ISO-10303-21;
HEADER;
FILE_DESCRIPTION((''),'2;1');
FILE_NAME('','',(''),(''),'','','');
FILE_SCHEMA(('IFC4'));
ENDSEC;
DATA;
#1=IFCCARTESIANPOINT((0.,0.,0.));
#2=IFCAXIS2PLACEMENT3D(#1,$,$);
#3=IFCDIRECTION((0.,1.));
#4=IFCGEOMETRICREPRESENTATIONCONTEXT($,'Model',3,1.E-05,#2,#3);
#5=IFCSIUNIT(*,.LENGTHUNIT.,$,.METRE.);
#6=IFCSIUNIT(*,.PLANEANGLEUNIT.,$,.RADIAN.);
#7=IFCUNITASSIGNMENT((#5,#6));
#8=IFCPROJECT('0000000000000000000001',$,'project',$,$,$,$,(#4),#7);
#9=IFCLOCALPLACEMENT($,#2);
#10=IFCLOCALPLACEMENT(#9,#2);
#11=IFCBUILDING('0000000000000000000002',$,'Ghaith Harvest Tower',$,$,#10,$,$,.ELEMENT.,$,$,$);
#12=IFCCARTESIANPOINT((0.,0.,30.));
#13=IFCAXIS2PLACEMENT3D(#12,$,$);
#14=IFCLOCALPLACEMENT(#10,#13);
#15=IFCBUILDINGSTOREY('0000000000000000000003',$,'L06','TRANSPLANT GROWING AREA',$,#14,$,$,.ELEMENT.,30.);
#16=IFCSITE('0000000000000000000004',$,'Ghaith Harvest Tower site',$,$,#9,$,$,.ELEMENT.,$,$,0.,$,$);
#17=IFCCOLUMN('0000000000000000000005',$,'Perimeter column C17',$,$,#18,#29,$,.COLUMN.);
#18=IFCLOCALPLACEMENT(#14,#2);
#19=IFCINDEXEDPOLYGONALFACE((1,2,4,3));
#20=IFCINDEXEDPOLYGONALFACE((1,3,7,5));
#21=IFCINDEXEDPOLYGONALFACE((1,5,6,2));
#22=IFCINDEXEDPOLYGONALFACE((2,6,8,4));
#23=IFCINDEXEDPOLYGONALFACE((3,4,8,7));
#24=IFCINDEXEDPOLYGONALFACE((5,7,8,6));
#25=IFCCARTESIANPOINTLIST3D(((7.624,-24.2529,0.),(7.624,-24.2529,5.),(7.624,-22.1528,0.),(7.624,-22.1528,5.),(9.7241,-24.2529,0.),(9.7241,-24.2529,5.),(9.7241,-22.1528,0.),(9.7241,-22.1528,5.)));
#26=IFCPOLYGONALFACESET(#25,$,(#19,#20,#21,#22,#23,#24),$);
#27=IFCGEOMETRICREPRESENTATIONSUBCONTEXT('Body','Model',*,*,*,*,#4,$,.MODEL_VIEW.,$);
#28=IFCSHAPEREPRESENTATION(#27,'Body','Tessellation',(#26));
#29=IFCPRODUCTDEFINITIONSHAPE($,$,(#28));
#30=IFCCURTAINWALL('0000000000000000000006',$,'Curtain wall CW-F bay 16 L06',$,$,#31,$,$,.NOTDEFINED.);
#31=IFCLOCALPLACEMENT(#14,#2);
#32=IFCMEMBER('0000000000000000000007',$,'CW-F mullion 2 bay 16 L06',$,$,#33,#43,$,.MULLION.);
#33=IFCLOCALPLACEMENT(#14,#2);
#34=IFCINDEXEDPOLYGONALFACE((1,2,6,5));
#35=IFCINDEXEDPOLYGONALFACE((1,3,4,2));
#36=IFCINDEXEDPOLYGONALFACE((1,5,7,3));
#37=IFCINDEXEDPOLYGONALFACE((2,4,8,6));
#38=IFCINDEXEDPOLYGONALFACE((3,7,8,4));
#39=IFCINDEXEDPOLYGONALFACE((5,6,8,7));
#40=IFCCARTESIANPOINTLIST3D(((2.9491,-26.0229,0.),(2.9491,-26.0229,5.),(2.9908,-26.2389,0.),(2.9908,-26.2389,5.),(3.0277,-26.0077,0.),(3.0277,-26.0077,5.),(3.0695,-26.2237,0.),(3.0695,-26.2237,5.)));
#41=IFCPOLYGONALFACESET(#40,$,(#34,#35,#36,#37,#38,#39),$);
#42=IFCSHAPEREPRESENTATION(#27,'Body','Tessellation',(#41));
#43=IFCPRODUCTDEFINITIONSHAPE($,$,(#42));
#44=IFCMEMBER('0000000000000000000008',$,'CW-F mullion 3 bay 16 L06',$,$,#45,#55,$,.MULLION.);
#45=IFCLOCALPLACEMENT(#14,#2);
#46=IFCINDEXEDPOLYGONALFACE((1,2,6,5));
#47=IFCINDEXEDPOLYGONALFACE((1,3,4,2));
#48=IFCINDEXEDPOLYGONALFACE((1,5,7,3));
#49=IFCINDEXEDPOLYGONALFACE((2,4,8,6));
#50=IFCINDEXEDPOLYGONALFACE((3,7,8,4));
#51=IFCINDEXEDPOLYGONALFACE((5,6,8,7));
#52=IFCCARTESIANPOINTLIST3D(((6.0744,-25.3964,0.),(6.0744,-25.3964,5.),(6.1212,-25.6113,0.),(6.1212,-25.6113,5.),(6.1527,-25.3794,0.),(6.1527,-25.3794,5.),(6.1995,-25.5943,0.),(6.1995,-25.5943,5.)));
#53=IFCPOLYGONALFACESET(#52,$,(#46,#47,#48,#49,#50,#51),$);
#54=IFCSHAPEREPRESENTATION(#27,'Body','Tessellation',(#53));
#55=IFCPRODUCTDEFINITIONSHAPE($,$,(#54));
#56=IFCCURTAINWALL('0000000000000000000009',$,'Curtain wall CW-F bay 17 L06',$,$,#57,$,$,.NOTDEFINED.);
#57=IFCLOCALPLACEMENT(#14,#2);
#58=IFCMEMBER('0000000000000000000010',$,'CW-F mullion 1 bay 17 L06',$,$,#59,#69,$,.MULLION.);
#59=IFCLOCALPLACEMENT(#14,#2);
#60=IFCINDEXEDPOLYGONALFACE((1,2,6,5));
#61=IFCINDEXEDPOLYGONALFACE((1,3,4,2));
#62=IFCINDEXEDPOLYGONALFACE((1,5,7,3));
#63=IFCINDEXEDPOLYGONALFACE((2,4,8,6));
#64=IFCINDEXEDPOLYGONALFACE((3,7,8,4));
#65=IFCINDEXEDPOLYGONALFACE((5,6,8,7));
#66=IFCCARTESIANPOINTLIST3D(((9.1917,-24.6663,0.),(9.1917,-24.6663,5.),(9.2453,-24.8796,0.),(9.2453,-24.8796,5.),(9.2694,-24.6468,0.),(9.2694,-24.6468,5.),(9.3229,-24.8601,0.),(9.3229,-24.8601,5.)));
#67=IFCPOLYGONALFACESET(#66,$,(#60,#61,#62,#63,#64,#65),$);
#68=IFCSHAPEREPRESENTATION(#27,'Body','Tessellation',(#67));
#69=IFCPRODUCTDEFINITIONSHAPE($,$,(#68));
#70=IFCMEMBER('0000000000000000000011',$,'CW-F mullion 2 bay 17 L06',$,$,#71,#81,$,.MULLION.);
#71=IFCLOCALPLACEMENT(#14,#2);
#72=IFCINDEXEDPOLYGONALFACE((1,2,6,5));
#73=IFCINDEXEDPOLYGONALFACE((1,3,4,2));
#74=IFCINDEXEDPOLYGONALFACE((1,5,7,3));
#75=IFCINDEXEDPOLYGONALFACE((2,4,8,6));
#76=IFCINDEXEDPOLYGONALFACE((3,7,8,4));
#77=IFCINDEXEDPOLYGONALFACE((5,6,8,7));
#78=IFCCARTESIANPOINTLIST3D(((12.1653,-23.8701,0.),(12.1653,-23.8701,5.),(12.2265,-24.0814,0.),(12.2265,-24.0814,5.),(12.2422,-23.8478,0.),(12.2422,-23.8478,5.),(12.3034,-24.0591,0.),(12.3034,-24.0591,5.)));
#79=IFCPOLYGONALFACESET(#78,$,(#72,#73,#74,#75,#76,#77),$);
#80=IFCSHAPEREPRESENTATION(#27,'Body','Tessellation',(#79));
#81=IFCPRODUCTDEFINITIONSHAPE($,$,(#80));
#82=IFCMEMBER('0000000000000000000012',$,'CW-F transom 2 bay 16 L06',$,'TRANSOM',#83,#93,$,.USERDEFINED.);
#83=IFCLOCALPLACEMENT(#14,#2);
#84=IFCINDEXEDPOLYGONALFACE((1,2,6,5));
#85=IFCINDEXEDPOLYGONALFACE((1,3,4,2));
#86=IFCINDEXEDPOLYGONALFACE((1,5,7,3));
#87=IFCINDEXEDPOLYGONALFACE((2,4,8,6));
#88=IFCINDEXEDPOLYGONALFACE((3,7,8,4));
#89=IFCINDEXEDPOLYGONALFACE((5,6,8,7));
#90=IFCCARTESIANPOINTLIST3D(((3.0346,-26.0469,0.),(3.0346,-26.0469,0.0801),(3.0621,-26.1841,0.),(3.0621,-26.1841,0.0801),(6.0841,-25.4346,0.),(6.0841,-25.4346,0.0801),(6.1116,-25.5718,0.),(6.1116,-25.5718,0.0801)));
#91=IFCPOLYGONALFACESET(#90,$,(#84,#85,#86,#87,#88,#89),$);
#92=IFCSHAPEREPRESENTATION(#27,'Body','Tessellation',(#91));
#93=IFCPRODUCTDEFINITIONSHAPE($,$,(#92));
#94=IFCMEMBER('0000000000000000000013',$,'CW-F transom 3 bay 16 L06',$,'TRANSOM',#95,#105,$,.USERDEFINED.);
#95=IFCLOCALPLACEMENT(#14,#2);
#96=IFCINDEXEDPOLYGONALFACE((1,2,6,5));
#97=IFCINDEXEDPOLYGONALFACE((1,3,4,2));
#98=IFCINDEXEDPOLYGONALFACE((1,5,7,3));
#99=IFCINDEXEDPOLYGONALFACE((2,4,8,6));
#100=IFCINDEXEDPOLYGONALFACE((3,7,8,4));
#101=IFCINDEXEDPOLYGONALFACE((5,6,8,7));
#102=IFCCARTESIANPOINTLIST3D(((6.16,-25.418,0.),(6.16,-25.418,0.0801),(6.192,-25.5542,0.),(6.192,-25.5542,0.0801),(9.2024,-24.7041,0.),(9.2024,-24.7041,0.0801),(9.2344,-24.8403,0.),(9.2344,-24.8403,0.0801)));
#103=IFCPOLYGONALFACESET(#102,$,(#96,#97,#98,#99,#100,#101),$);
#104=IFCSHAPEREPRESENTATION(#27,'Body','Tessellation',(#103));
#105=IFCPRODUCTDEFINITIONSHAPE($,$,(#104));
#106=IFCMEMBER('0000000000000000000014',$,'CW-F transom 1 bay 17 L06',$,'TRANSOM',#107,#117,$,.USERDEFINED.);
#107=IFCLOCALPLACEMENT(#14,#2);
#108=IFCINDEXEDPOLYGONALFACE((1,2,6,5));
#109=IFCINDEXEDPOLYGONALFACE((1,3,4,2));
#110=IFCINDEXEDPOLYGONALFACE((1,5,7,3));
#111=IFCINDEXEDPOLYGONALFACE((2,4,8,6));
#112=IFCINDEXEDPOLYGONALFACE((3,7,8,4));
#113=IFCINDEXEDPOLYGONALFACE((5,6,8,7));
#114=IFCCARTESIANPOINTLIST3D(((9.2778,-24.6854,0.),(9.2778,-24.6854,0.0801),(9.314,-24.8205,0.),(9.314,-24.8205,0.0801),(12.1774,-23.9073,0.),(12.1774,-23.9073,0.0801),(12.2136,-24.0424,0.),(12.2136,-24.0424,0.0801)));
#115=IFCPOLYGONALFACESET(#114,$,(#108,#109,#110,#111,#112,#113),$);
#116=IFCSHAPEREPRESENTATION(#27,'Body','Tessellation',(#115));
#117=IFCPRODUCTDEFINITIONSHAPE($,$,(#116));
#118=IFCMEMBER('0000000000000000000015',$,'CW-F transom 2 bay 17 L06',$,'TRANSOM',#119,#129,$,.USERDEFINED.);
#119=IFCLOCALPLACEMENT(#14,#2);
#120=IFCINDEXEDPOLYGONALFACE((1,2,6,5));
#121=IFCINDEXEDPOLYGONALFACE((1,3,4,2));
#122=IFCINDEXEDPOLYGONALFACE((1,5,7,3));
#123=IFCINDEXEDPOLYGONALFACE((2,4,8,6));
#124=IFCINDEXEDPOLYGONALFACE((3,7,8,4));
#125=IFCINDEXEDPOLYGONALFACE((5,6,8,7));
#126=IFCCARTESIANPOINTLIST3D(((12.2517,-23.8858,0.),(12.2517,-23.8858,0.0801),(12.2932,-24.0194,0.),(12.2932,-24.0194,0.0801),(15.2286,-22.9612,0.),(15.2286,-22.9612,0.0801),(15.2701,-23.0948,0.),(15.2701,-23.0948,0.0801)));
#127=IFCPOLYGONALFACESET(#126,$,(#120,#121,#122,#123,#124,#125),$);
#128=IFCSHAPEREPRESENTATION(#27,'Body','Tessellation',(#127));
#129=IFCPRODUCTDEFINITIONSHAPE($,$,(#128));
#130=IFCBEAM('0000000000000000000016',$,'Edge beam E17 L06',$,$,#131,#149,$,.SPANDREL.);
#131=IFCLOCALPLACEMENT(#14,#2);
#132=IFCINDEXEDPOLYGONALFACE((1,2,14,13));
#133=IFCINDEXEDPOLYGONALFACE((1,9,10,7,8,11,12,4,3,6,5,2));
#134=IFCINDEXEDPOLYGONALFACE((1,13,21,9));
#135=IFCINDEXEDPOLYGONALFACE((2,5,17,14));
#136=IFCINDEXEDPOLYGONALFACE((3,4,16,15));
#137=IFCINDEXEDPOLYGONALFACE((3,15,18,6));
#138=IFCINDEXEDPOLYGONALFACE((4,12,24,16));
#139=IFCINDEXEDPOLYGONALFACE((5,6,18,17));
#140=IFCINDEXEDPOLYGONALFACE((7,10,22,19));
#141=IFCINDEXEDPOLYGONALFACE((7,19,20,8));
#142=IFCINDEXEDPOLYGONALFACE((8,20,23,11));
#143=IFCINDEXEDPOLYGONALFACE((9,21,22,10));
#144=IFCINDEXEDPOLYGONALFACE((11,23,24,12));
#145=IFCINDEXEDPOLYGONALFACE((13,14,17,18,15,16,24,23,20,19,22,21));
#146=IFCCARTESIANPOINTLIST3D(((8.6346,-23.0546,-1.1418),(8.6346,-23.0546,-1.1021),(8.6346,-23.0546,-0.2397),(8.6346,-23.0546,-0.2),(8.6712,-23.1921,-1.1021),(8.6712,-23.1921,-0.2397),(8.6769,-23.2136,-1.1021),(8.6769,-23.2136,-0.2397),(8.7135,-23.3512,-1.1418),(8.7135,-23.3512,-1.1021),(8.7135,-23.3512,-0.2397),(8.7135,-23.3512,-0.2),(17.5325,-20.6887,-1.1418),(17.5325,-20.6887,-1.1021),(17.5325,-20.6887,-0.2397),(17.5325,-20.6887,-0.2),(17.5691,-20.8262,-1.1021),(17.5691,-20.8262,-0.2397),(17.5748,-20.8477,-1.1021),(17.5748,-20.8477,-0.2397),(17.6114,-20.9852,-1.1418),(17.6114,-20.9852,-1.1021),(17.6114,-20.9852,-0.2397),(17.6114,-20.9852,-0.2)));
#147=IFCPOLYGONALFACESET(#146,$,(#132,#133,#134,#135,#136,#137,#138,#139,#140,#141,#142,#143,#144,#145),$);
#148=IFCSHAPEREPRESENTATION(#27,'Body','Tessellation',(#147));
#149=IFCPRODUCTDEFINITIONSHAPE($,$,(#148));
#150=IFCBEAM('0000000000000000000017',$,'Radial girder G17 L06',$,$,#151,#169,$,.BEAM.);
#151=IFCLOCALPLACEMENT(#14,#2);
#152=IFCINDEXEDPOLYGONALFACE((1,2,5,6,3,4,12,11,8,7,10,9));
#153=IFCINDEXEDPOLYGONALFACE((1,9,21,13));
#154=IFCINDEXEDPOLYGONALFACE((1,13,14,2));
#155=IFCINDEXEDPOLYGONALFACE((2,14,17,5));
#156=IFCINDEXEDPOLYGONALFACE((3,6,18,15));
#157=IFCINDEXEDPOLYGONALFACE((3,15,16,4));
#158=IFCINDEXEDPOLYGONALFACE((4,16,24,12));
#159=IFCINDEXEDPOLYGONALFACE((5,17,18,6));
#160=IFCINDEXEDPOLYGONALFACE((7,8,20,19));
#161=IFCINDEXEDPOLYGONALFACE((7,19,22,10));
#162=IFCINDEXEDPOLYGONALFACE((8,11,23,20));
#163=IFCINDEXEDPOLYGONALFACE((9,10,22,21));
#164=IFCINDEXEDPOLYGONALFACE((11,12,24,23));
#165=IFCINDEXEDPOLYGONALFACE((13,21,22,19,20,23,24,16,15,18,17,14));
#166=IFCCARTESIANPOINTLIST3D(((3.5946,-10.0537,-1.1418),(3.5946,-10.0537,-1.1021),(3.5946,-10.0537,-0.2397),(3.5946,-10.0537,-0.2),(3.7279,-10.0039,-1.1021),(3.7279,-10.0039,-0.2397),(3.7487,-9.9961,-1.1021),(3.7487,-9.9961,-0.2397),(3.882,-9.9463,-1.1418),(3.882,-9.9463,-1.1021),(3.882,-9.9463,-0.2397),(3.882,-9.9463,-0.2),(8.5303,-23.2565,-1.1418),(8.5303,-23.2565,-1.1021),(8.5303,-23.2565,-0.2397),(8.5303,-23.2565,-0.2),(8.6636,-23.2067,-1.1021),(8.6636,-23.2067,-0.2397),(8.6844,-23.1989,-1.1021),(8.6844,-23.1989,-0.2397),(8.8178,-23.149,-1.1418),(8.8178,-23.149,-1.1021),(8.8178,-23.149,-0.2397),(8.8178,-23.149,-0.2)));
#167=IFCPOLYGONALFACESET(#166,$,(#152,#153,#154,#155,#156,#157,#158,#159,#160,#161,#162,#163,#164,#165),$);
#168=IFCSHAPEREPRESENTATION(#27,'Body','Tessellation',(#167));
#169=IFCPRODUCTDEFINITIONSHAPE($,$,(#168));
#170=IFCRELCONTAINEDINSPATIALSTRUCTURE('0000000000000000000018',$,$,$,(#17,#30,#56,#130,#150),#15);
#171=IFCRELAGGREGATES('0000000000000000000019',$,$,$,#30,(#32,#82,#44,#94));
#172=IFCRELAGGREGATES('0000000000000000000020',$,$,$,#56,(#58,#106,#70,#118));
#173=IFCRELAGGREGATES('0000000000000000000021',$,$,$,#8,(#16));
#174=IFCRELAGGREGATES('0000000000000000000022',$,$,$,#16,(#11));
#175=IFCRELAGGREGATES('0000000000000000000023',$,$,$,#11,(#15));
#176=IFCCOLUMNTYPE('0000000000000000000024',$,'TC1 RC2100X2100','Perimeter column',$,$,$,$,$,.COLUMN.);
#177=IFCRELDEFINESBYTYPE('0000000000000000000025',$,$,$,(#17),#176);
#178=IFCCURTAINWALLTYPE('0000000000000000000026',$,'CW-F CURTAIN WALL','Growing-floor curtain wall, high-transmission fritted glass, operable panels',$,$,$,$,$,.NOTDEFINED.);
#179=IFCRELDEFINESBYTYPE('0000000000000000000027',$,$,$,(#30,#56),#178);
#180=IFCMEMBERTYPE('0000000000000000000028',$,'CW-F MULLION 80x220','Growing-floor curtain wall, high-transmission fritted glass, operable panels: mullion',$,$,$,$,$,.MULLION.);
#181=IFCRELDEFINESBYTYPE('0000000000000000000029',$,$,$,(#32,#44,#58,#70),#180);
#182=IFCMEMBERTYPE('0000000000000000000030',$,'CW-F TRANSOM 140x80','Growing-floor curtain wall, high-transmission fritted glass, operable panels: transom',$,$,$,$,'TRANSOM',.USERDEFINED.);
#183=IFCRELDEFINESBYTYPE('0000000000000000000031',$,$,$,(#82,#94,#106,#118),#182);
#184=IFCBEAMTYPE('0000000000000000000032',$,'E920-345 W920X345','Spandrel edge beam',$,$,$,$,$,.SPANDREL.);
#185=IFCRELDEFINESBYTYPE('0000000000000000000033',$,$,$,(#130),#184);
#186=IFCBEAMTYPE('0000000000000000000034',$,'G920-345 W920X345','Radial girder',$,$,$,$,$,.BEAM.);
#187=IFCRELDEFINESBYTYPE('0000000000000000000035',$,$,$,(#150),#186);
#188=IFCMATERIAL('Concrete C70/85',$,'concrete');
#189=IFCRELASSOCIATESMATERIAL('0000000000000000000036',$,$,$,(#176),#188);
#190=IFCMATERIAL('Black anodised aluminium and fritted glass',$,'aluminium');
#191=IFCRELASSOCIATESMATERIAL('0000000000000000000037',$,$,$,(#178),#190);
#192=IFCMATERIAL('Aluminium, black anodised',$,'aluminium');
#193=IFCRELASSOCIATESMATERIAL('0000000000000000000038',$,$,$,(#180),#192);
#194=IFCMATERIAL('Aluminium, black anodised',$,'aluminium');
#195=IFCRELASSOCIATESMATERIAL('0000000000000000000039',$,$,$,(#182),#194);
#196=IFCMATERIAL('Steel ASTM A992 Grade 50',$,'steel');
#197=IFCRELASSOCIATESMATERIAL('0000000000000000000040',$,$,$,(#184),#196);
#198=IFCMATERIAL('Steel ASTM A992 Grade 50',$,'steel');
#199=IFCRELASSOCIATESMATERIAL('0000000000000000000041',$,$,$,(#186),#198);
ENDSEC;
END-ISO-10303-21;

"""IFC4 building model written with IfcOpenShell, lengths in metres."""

from ifc_helpers import new_model, si_unit, direction, frame, origin, origin_2d, place, context, subcontext, project, spatial, rectangle, i_section, extrude, material, material_profile, profile_set, type_object, element, aggregate, save


model = new_model("IFC4")

# Units and contexts
model_context = context("Model", 3, precision=1e-05, world=origin(), true_north=direction((0.0, 1.0)))
body_context = subcontext(model_context, "Body", "Model", "MODEL_VIEW")
ifc_project = project(units=[si_unit("LENGTHUNIT", "METRE"), si_unit("PLANEANGLEUNIT", "RADIAN")], contexts=[model_context])

# Site, building, storey
site_placement = place(None, origin())
site = spatial("IfcSite", under=ifc_project, at=site_placement, Name="Ghaith Harvest Tower site", CompositionType="ELEMENT", RefElevation=0.0)
building_placement = place(site_placement, origin())
building = spatial("IfcBuilding", under=site, at=building_placement, Name="Ghaith Harvest Tower", CompositionType="ELEMENT")
storey_placement = place(building_placement, frame((0.0, 0.0, 30.0)))
storey = spatial("IfcBuildingStorey", under=building, at=storey_placement, Name="L06", Description="TRANSPLANT GROWING AREA", CompositionType="ELEMENT", Elevation=30.0)

# Column
ifc_material_1 = material(Name="Concrete C70/85", Category="concrete")
ifc_material_profile_1 = material_profile(ifc_material_1, rectangle(XDim=2.1001, YDim=2.1001, at=origin_2d()), Name="RC2100X2100")
ifc_profile_set_1 = profile_set([ifc_material_profile_1], Name="Concrete C70/85")
column_type = type_object("IfcColumnType", Name="TC1 RC2100X2100", Description="Perimeter column", PredefinedType="COLUMN", material=ifc_profile_set_1)
column_placement = place(storey_placement, frame((8.6741, -23.2029, 0.0), z_axis=(0.0, 0.0, 1.0), x_axis=(1.0, 0.0, 0.0)))
element("IfcColumn", 1, at=column_placement, inside=storey, type_object=column_type, Name="Perimeter column C17", PredefinedType="COLUMN", context=body_context, shape_type="SweptSolid", body=[
    extrude(rectangle(XDim=2.1001, YDim=2.1001, at=origin_2d()), origin(), (0.0, 0.0, 1.0), 5.0),
])

# Curtain walls, members
ifc_material_2 = material(Name="Black anodised aluminium and fritted glass", Category="aluminium")
curtain_wall_type = type_object("IfcCurtainWallType", Name="CW-F CURTAIN WALL", Description="Growing-floor curtain wall, high-transmission fritted glass, operable panels", PredefinedType="NOTDEFINED", material=ifc_material_2)
curtain_wall_1_placement = place(storey_placement, origin())
curtain_wall_1 = element("IfcCurtainWall", 2, at=curtain_wall_1_placement, inside=storey, type_object=curtain_wall_type, Name="Curtain wall CW-F bay 16 L06", PredefinedType="NOTDEFINED")
ifc_material_3 = material(Name="Aluminium, black anodised", Category="aluminium")
ifc_material_profile_2 = material_profile(ifc_material_3, rectangle(XDim=0.0801, YDim=0.22, at=origin_2d()), Name="CW-F MULLION 80x220")
ifc_profile_set_2 = profile_set([ifc_material_profile_2], Name="Aluminium, black anodised")
member_type_1 = type_object("IfcMemberType", Name="CW-F MULLION 80x220", Description="Growing-floor curtain wall, high-transmission fritted glass, operable panels: mullion", PredefinedType="MULLION", material=ifc_profile_set_2)
member_1_placement = place(storey_placement, frame((3.0093, -26.1233, 0.0), z_axis=(0.0, 0.0, 1.0), x_axis=(0.981818, 0.189822, 0.0)))
member_1 = element("IfcMember", 3, at=member_1_placement, type_object=member_type_1, Name="CW-F mullion 2 bay 16 L06", PredefinedType="MULLION", context=body_context, shape_type="SweptSolid", body=[
    extrude(rectangle(XDim=0.0801, YDim=0.22, at=origin_2d()), origin(), (0.0, 0.0, 1.0), 5.0),
])
member_2_placement = place(storey_placement, frame((6.137, -25.4954, 0.0), z_axis=(0.0, 0.0, 1.0), x_axis=(0.977118, 0.212698, 0.0)))
member_2 = element("IfcMember", 4, at=member_2_placement, type_object=member_type_1, Name="CW-F mullion 3 bay 16 L06", PredefinedType="MULLION", context=body_context, shape_type="SweptSolid", body=[
    extrude(rectangle(XDim=0.0801, YDim=0.22, at=origin_2d()), origin(), (0.0, 0.0, 1.0), 5.0),
])
curtain_wall_2_placement = place(storey_placement, origin())
curtain_wall_2 = element("IfcCurtainWall", 5, at=curtain_wall_2_placement, inside=storey, type_object=curtain_wall_type, Name="Curtain wall CW-F bay 17 L06", PredefinedType="NOTDEFINED")
member_3_placement = place(storey_placement, frame((9.2573, -24.7632, 0.0), z_axis=(0.0, 0.0, 1.0), x_axis=(0.969903, 0.24349, 0.0)))
member_3 = element("IfcMember", 6, at=member_3_placement, type_object=member_type_1, Name="CW-F mullion 1 bay 17 L06", PredefinedType="MULLION", context=body_context, shape_type="SweptSolid", body=[
    extrude(rectangle(XDim=0.0801, YDim=0.22, at=origin_2d()), origin(), (0.0, 0.0, 1.0), 5.0),
])
member_4_placement = place(storey_placement, frame((12.2344, -23.9646, 0.0), z_axis=(0.0, 0.0, 1.0), x_axis=(0.960502, 0.278272, 0.0)))
member_4 = element("IfcMember", 7, at=member_4_placement, type_object=member_type_1, Name="CW-F mullion 2 bay 17 L06", PredefinedType="MULLION", context=body_context, shape_type="SweptSolid", body=[
    extrude(rectangle(XDim=0.0801, YDim=0.22, at=origin_2d()), origin(), (0.0, 0.0, 1.0), 5.0),
])

# Members
ifc_material_4 = material(Name="Aluminium, black anodised", Category="aluminium")
ifc_material_profile_3 = material_profile(ifc_material_4, rectangle(XDim=0.1399, YDim=0.0801, at=origin_2d()), Name="CW-F TRANSOM 140x80")
ifc_profile_set_3 = profile_set([ifc_material_profile_3], Name="Aluminium, black anodised")
member_type_2 = type_object("IfcMemberType", Name="CW-F TRANSOM 140x80", Description="Growing-floor curtain wall, high-transmission fritted glass, operable panels: transom", ElementType="TRANSOM", PredefinedType="USERDEFINED", material=ifc_profile_set_3)
member_5_placement = place(storey_placement, frame((3.0483, -26.1155, 0.04), z_axis=(0.980432, 0.196856, 0.0), x_axis=(-0.196856, 0.980432, 0.0)))
member_5 = element("IfcMember", 8, at=member_5_placement, type_object=member_type_2, Name="CW-F transom 2 bay 16 L06", ObjectType="TRANSOM", PredefinedType="USERDEFINED", context=body_context, shape_type="SweptSolid", body=[
    extrude(rectangle(XDim=0.1399, YDim=0.0801, at=origin_2d()), origin(), (0.0, 0.0, 1.0), 3.1104),
])
member_6_placement = place(storey_placement, frame((6.176, -25.4861, 0.04), z_axis=(0.97356, 0.22843, 0.0), x_axis=(-0.22843, 0.97356, 0.0)))
member_6 = element("IfcMember", 9, at=member_6_placement, type_object=member_type_2, Name="CW-F transom 3 bay 16 L06", ObjectType="TRANSOM", PredefinedType="USERDEFINED", context=body_context, shape_type="SweptSolid", body=[
    extrude(rectangle(XDim=0.1399, YDim=0.0801, at=origin_2d()), origin(), (0.0, 0.0, 1.0), 3.125),
])
member_7_placement = place(storey_placement, frame((9.2959, -24.7529, 0.04), z_axis=(0.965833, 0.259166, 0.0), x_axis=(-0.259166, 0.965833, 0.0)))
member_7 = element("IfcMember", 10, at=member_7_placement, type_object=member_type_2, Name="CW-F transom 1 bay 17 L06", ObjectType="TRANSOM", PredefinedType="USERDEFINED", context=body_context, shape_type="SweptSolid", body=[
    extrude(rectangle(XDim=0.1399, YDim=0.0801, at=origin_2d()), origin(), (0.0, 0.0, 1.0), 3.0022),
])
member_8_placement = place(storey_placement, frame((12.2725, -23.9526, 0.04), z_axis=(0.954998, 0.296611, 0.0), x_axis=(-0.296611, 0.954998, 0.0)))
member_8 = element("IfcMember", 11, at=member_8_placement, type_object=member_type_2, Name="CW-F transom 2 bay 17 L06", ObjectType="TRANSOM", PredefinedType="USERDEFINED", context=body_context, shape_type="SweptSolid", body=[
    extrude(rectangle(XDim=0.1399, YDim=0.0801, at=origin_2d()), origin(), (0.0, 0.0, 1.0), 3.1172),
])

# Beams
ifc_material_5 = material(Name="Steel ASTM A992 Grade 50", Category="steel")
ifc_material_profile_4 = material_profile(ifc_material_5, i_section(OverallWidth=0.3069, OverallDepth=0.9419, WebThickness=0.0222, FlangeThickness=0.0398, at=origin_2d()), Name="W920X345")
ifc_profile_set_4 = profile_set([ifc_material_profile_4], Name="Steel ASTM A992 Grade 50")
beam_type_1 = type_object("IfcBeamType", Name="E920-345 W920X345", Description="Spandrel edge beam", PredefinedType="SPANDREL", material=ifc_profile_set_4)
beam_1_placement = place(storey_placement, frame((8.6741, -23.2029, -0.6709), z_axis=(0.966419, 0.256971, 0.0), x_axis=(-0.256971, 0.966419, 0.0)))
element("IfcBeam", 12, at=beam_1_placement, inside=storey, type_object=beam_type_1, Name="Edge beam E17 L06", PredefinedType="SPANDREL", context=body_context, shape_type="SweptSolid", body=[
    extrude(i_section(OverallWidth=0.3069, OverallDepth=0.9419, WebThickness=0.0222, FlangeThickness=0.0398, at=origin_2d()), origin(), (0.0, 0.0, 1.0), 9.207),
])
ifc_material_6 = material(Name="Steel ASTM A992 Grade 50", Category="steel")
ifc_material_profile_5 = material_profile(ifc_material_6, i_section(OverallWidth=0.3069, OverallDepth=0.9419, WebThickness=0.0222, FlangeThickness=0.0398, at=origin_2d()), Name="W920X345")
ifc_profile_set_5 = profile_set([ifc_material_profile_5], Name="Steel ASTM A992 Grade 50")
beam_type_2 = type_object("IfcBeamType", Name="G920-345 W920X345", Description="Radial girder", PredefinedType="BEAM", material=ifc_profile_set_5)
beam_2_placement = place(storey_placement, frame((3.7383, -10.0, -0.6709), z_axis=(0.350172, -0.936685, 0.0), x_axis=(0.936685, 0.350172, 0.0)))
element("IfcBeam", 13, at=beam_2_placement, inside=storey, type_object=beam_type_2, Name="Radial girder G17 L06", PredefinedType="BEAM", context=body_context, shape_type="SweptSolid", body=[
    extrude(i_section(OverallWidth=0.3069, OverallDepth=0.9419, WebThickness=0.0222, FlangeThickness=0.0398, at=origin_2d()), origin(), (0.0, 0.0, 1.0), 14.0952),
])

aggregate(curtain_wall_1, [member_1, member_5, member_2, member_6])
aggregate(curtain_wall_2, [member_3, member_7, member_4, member_8])

save(model, "model.ifc")
